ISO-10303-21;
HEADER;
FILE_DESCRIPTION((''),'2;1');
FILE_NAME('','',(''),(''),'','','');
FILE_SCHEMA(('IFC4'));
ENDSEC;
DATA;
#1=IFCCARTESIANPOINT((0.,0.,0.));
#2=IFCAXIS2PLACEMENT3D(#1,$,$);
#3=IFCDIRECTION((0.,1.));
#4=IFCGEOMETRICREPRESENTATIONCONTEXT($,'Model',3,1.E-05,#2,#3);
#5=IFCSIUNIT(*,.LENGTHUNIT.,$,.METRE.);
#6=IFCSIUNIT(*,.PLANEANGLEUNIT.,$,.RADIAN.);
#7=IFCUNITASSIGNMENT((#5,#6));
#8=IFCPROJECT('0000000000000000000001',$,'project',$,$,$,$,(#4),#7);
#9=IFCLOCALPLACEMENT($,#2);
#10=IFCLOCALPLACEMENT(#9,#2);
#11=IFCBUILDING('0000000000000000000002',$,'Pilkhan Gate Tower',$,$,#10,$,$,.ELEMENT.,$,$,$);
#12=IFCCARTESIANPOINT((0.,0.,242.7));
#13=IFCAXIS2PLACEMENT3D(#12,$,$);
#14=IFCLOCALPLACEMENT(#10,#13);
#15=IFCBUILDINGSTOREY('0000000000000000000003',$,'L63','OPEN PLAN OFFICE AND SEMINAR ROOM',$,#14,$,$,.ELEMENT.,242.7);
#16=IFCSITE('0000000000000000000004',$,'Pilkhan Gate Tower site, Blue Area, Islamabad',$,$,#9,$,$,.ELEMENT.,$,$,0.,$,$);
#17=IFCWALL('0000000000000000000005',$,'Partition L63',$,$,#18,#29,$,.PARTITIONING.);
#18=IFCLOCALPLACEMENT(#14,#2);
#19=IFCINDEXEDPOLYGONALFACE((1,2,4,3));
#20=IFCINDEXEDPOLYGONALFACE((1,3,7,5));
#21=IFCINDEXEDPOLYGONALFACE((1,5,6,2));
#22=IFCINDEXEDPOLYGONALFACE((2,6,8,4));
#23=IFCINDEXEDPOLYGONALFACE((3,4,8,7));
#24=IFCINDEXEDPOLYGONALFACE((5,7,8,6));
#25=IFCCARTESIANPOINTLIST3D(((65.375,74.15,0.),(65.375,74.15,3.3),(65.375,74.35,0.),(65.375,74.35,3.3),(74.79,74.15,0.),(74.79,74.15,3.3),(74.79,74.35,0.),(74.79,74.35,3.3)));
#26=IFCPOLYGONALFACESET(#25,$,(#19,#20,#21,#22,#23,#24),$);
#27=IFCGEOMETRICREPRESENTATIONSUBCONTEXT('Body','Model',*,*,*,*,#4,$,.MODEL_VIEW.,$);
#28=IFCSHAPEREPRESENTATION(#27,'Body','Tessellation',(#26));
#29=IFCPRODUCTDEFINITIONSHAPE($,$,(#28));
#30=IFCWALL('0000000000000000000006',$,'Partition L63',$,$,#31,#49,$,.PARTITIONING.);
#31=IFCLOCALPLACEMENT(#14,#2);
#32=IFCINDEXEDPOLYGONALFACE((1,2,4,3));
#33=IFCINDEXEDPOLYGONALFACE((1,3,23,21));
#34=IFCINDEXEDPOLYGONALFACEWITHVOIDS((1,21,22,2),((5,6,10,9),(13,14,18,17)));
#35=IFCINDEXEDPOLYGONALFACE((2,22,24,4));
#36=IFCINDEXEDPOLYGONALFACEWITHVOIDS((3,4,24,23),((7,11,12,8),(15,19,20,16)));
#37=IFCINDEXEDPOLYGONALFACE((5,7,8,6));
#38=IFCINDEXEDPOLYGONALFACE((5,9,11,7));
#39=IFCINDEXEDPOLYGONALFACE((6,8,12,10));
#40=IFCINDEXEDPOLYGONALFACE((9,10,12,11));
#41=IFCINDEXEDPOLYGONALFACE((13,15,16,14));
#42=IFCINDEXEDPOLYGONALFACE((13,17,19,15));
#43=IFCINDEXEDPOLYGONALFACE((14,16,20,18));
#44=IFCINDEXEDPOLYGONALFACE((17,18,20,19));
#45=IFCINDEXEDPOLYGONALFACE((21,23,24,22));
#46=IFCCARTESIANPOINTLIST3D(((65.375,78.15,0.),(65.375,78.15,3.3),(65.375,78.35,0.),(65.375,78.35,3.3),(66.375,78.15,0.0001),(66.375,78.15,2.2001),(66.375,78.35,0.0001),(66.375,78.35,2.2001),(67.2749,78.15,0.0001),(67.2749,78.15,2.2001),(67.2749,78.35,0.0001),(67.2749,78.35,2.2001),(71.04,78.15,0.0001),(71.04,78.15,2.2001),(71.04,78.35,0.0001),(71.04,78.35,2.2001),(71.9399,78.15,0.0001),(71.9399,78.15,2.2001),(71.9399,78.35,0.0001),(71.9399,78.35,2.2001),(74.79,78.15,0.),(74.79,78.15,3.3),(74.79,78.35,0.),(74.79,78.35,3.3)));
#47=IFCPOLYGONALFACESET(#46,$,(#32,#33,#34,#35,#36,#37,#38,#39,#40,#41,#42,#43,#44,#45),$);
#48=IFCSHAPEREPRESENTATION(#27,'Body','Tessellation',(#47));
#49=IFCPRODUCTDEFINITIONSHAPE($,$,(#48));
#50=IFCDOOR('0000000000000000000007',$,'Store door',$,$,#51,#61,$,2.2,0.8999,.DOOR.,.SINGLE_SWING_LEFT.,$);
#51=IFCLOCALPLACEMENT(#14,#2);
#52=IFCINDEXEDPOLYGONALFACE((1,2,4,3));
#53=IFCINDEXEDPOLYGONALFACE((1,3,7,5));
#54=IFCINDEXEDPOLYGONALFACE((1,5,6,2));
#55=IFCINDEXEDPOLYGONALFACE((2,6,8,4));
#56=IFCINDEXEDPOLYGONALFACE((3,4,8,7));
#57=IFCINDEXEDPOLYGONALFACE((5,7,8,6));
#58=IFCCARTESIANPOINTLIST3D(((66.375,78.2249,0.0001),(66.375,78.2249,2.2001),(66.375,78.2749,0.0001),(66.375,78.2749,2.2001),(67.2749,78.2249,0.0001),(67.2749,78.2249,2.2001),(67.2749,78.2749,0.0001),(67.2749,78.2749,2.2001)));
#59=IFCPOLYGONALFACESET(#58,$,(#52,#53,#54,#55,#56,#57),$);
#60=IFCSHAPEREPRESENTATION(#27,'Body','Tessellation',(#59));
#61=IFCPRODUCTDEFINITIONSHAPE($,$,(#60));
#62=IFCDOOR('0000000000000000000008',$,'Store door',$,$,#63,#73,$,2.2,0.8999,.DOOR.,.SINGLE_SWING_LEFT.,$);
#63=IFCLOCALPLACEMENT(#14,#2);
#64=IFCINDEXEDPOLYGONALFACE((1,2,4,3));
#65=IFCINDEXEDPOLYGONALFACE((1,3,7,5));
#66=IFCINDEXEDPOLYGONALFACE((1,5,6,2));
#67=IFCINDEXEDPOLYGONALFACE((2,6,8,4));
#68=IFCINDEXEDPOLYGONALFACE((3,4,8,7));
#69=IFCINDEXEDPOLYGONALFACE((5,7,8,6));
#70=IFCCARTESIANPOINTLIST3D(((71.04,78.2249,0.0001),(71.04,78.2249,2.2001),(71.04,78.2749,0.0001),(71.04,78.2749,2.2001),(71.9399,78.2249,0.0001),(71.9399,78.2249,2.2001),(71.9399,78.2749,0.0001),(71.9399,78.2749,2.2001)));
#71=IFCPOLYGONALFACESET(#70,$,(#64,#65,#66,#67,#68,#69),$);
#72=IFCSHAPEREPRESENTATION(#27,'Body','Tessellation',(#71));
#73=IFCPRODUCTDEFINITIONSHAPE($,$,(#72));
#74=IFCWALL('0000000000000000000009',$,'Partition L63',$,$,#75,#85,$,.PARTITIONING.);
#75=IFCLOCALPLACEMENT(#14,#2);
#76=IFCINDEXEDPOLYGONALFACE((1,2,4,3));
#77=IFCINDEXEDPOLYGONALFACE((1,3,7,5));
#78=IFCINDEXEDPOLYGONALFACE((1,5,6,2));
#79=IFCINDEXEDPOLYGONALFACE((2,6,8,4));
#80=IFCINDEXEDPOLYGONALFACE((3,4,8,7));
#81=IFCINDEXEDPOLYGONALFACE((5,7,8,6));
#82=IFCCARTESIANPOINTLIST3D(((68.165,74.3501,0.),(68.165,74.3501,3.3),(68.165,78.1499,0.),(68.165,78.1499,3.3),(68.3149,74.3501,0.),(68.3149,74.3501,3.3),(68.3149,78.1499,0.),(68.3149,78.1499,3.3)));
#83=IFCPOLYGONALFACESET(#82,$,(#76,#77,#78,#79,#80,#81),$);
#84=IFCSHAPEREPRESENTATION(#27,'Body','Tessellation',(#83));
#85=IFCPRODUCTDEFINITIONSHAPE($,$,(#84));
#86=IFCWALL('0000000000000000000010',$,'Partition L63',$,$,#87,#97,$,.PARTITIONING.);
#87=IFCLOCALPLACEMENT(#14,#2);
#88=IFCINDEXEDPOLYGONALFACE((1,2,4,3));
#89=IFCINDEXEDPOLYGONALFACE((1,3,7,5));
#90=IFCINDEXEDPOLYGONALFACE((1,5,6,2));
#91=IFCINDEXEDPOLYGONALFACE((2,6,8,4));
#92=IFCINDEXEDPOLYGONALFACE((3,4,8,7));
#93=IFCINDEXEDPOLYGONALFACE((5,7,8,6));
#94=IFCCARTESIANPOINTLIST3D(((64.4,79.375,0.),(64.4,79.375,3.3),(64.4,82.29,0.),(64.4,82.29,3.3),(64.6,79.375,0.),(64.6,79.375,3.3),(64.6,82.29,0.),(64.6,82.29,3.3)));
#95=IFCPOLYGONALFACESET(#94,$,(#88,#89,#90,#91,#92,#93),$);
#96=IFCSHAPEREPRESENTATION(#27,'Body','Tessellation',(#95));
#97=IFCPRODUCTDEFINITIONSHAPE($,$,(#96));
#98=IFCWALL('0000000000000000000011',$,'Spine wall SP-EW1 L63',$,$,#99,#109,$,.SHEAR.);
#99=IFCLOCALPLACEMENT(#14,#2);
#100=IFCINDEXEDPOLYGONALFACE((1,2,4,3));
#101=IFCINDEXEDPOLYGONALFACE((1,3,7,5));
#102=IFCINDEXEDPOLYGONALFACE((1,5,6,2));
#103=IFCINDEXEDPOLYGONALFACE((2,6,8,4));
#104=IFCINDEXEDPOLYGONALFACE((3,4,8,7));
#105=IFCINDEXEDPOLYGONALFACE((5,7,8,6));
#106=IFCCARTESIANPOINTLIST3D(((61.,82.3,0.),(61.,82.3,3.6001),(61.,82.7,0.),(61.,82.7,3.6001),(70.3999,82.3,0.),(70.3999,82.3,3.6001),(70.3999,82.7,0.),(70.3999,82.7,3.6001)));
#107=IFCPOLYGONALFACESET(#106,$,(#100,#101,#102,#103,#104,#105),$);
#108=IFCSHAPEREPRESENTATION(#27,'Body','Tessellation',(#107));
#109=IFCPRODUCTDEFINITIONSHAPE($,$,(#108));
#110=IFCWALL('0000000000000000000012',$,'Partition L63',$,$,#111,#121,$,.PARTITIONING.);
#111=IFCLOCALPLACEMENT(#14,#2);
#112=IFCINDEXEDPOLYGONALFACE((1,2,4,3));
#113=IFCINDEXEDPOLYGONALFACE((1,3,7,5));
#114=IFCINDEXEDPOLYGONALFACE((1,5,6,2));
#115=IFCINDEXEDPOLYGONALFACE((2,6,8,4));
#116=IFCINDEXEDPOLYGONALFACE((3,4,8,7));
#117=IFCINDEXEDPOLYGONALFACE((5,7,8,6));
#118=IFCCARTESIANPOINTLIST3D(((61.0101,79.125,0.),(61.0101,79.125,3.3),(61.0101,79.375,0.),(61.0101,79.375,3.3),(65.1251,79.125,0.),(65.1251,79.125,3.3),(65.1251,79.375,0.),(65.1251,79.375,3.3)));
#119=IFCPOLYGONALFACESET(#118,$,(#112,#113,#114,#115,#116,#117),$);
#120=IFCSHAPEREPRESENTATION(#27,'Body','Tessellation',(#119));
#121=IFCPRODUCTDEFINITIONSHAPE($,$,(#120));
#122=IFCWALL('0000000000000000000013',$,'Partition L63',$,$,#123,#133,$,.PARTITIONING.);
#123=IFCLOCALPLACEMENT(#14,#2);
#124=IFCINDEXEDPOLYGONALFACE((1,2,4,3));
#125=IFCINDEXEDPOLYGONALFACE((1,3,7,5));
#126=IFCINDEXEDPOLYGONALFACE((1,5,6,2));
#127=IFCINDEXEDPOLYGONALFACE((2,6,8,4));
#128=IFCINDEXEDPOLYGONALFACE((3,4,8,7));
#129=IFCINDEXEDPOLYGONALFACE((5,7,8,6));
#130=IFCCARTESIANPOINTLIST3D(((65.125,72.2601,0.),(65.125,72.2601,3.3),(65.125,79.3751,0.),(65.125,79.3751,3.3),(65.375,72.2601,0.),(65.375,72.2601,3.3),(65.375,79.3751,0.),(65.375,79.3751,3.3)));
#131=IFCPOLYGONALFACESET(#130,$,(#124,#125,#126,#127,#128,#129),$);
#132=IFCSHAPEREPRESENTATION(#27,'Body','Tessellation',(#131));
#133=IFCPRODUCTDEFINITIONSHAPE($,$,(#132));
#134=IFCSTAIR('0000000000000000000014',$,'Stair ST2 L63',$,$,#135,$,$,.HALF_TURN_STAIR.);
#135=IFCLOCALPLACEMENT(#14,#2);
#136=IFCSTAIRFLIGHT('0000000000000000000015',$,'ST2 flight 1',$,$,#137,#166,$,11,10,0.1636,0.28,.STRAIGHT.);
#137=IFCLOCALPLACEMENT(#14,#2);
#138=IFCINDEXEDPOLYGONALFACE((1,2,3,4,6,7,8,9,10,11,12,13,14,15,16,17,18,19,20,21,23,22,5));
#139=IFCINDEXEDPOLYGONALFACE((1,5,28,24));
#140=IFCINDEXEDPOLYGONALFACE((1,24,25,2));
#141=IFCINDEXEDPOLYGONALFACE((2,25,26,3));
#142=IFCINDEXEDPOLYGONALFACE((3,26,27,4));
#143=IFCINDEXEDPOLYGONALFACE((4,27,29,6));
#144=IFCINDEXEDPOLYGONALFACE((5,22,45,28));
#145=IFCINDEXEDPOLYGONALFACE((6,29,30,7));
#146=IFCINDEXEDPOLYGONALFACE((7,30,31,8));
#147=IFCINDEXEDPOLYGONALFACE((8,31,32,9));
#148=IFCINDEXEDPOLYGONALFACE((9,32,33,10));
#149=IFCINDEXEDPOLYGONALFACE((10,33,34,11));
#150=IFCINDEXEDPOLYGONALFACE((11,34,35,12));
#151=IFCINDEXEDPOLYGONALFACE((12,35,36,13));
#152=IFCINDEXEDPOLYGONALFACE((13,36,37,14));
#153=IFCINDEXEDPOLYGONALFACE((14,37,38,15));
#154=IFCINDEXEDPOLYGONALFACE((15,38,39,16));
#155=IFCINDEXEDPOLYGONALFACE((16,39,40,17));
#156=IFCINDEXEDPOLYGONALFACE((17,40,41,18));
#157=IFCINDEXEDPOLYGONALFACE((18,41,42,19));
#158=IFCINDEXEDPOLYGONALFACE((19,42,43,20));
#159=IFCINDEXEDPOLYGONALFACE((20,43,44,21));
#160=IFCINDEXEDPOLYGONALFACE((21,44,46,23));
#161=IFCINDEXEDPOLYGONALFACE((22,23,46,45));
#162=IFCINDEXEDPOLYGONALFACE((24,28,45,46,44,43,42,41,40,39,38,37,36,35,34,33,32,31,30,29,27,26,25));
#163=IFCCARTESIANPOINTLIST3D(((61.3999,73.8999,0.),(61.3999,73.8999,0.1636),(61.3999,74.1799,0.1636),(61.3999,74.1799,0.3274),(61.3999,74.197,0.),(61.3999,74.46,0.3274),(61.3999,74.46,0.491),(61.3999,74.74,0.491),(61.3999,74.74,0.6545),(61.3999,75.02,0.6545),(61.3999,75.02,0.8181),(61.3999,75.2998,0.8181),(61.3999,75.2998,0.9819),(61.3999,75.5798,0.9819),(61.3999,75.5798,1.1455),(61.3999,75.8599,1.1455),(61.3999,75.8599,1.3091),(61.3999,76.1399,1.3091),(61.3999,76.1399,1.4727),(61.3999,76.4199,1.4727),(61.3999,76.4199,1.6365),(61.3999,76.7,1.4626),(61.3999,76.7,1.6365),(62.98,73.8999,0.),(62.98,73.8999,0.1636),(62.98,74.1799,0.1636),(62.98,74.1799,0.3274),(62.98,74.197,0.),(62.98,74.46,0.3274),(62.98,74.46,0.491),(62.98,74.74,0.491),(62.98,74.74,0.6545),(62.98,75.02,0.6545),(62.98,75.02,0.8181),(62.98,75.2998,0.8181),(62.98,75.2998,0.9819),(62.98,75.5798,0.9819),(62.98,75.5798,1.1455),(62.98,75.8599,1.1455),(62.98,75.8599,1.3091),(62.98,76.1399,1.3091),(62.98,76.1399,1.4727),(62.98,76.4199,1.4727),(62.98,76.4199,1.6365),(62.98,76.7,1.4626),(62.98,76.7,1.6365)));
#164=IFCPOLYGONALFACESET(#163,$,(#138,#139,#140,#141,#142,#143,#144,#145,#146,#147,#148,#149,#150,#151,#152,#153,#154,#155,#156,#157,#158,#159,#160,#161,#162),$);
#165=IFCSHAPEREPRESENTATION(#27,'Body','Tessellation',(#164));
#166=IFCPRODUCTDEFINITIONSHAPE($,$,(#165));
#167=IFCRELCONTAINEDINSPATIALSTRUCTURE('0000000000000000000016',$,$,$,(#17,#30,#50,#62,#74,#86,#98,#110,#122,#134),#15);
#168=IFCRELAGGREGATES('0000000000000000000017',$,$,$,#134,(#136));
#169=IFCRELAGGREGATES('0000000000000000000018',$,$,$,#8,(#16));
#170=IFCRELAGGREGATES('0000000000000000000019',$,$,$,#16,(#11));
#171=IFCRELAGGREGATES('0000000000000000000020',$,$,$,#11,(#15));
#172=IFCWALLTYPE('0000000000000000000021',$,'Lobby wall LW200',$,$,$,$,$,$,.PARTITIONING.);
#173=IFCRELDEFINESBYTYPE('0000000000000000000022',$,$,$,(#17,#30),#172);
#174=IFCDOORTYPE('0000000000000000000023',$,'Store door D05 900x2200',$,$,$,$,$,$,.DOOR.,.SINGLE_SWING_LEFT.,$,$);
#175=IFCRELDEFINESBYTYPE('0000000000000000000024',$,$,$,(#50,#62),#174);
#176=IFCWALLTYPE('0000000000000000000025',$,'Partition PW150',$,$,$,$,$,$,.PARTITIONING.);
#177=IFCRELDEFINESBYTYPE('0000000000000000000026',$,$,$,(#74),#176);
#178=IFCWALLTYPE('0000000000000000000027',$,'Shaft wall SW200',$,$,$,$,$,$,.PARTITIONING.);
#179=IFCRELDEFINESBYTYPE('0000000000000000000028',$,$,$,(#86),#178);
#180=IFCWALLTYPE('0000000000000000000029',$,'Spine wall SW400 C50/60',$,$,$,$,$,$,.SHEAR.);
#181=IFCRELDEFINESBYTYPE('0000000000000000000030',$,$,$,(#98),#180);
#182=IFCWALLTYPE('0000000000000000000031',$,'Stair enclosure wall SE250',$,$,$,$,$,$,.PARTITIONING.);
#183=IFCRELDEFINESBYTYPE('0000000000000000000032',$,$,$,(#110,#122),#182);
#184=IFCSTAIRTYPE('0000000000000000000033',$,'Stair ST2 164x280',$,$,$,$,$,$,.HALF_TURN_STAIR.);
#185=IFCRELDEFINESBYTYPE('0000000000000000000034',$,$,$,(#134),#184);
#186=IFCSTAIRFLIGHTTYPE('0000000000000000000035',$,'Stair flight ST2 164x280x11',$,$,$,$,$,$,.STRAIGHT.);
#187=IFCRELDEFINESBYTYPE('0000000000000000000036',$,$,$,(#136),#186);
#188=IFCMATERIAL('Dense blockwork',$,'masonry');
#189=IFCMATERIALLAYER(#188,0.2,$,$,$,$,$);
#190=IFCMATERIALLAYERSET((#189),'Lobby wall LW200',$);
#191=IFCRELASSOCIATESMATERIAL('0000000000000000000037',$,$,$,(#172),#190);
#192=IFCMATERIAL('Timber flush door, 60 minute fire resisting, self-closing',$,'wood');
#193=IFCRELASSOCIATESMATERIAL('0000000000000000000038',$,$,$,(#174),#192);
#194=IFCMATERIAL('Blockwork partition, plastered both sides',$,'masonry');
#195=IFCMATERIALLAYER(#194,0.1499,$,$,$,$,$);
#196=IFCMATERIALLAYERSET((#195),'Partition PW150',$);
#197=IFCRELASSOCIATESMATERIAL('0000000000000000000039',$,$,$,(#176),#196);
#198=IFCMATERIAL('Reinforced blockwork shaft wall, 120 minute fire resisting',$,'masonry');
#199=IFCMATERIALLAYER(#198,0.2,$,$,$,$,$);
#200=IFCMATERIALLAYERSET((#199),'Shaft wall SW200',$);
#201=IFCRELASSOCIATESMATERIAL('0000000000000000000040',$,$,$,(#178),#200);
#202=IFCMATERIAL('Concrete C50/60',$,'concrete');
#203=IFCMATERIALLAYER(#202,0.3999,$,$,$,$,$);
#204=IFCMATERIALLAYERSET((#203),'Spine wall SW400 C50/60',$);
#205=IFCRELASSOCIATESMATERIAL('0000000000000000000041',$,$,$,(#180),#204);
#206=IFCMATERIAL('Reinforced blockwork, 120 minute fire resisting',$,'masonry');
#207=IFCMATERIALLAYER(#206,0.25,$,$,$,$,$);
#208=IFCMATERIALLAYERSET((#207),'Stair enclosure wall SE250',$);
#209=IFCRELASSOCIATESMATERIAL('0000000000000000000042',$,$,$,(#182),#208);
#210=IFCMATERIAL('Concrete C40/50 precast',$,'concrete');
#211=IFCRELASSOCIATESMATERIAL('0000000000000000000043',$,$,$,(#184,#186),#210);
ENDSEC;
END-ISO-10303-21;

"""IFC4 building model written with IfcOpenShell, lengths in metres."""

from ifc_helpers import new_model, si_unit, direction, frame, frame_2d, origin, place, context, subcontext, project, spatial, polyline, rectangle, outline, extrude, material, layer, layer_set, type_object, element, fill, aggregate, save


model = new_model("IFC4")

# Units and contexts
model_context = context("Model", 3, precision=1e-05, world=origin(), true_north=direction((0.0, 1.0)))
body_context = subcontext(model_context, "Body", "Model", "MODEL_VIEW")
ifc_project = project(units=[si_unit("LENGTHUNIT", "METRE"), si_unit("PLANEANGLEUNIT", "RADIAN")], contexts=[model_context])

# Site, building, storey
site_placement = place(None, origin())
site = spatial("IfcSite", under=ifc_project, at=site_placement, Name="Pilkhan Gate Tower site, Blue Area, Islamabad", CompositionType="ELEMENT", RefElevation=0.0)
building_placement = place(site_placement, origin())
building = spatial("IfcBuilding", under=site, at=building_placement, Name="Pilkhan Gate Tower", CompositionType="ELEMENT")
storey_placement = place(building_placement, frame((0.0, 0.0, 242.7)))
storey = spatial("IfcBuildingStorey", under=building, at=storey_placement, Name="L63", Description="OPEN PLAN OFFICE AND SEMINAR ROOM", CompositionType="ELEMENT", Elevation=242.7)

# Wall
ifc_material_1 = material(Name="Dense blockwork", Category="masonry")
ifc_layer_1 = layer(ifc_material_1, 0.2)
ifc_layer_set_1 = layer_set([ifc_layer_1], Name="Lobby wall LW200")
wall_type_1 = type_object("IfcWallType", Name="Lobby wall LW200", PredefinedType="PARTITIONING", material=ifc_layer_set_1)
wall_1_placement = place(storey_placement, frame((65.375, 74.25, 0.0), z_axis=(0.0, 0.0, 1.0), x_axis=(1.0, 0.0, 0.0)))
element("IfcWall", 1, at=wall_1_placement, inside=storey, type_object=wall_type_1, Name="Partition L63", PredefinedType="PARTITIONING", context=body_context, shape_type="SweptSolid", body=[
    extrude(rectangle(XDim=9.415, YDim=0.2, at=frame_2d((4.7075, 0.0))), origin(), (0.0, 0.0, 1.0), 3.3),
])

# Wall, openings, doors
wall_2_placement = place(storey_placement, frame((65.375, 78.25, 0.0), z_axis=(0.0, 0.0, 1.0), x_axis=(1.0, 0.0, 0.0)))
wall_2 = element("IfcWall", 2, at=wall_2_placement, inside=storey, type_object=wall_type_1, Name="Partition L63", PredefinedType="PARTITIONING", context=body_context, shape_type="SweptSolid", body=[
    extrude(rectangle(XDim=9.415, YDim=0.2, at=frame_2d((4.7075, 0.0))), origin(), (0.0, 0.0, 1.0), 3.3),
])
opening_1_placement = place(wall_2_placement, frame((1.0, 0.0, 0.0)))
opening_1 = element("IfcOpeningElement", 3, at=opening_1_placement, cuts=wall_2, PredefinedType="OPENING", context=body_context, shape_type="SweptSolid", body=[
    extrude(rectangle(XDim=0.8999, YDim=2.2, at=frame_2d((0.45, 1.1001))), frame((0.0, 0.1099, 0.0), z_axis=(0.0, -1.0, 0.0), x_axis=(1.0, 0.0, 0.0)), (0.0, 0.0, 1.0), 0.22),
])
opening_2_placement = place(wall_2_placement, frame((5.665, 0.0, 0.0)))
opening_2 = element("IfcOpeningElement", 4, at=opening_2_placement, cuts=wall_2, PredefinedType="OPENING", context=body_context, shape_type="SweptSolid", body=[
    extrude(rectangle(XDim=0.8999, YDim=2.2, at=frame_2d((0.45, 1.1001))), frame((0.0, 0.1099, 0.0), z_axis=(0.0, -1.0, 0.0), x_axis=(1.0, 0.0, 0.0)), (0.0, 0.0, 1.0), 0.22),
])
ifc_material_2 = material(Name="Timber flush door, 60 minute fire resisting, self-closing", Category="wood")
door_type = type_object("IfcDoorType", Name="Store door D05 900x2200", OperationType="SINGLE_SWING_LEFT", PredefinedType="DOOR", material=ifc_material_2)
door_1_placement = place(opening_1_placement, origin())
door_1 = element("IfcDoor", 5, at=door_1_placement, inside=storey, type_object=door_type, Name="Store door", OperationType="SINGLE_SWING_LEFT", OverallHeight=2.2, OverallWidth=0.8999, PredefinedType="DOOR", context=body_context, shape_type="SweptSolid", body=[
    extrude(rectangle(XDim=0.8999, YDim=2.2, at=frame_2d((0.45, 1.1001))), frame((0.0, 0.0249, 0.0), z_axis=(0.0, -1.0, 0.0), x_axis=(1.0, 0.0, 0.0)), (0.0, 0.0, 1.0), 0.05),
])
fill(opening_1, door_1)
door_2_placement = place(opening_2_placement, origin())
door_2 = element("IfcDoor", 6, at=door_2_placement, inside=storey, type_object=door_type, Name="Store door", OperationType="SINGLE_SWING_LEFT", OverallHeight=2.2, OverallWidth=0.8999, PredefinedType="DOOR", context=body_context, shape_type="SweptSolid", body=[
    extrude(rectangle(XDim=0.8999, YDim=2.2, at=frame_2d((0.45, 1.1001))), frame((0.0, 0.0249, 0.0), z_axis=(0.0, -1.0, 0.0), x_axis=(1.0, 0.0, 0.0)), (0.0, 0.0, 1.0), 0.05),
])
fill(opening_2, door_2)

# Walls
ifc_material_3 = material(Name="Blockwork partition, plastered both sides", Category="masonry")
ifc_layer_2 = layer(ifc_material_3, 0.1499)
ifc_layer_set_2 = layer_set([ifc_layer_2], Name="Partition PW150")
wall_type_2 = type_object("IfcWallType", Name="Partition PW150", PredefinedType="PARTITIONING", material=ifc_layer_set_2)
wall_3_placement = place(storey_placement, frame((68.24, 74.3501, 0.0), z_axis=(0.0, 0.0, 1.0), x_axis=(0.0, 1.0, 0.0)))
element("IfcWall", 7, at=wall_3_placement, inside=storey, type_object=wall_type_2, Name="Partition L63", PredefinedType="PARTITIONING", context=body_context, shape_type="SweptSolid", body=[
    extrude(rectangle(XDim=3.7998, YDim=0.1499, at=frame_2d((1.8999, 0.0))), origin(), (0.0, 0.0, 1.0), 3.3),
])
ifc_material_4 = material(Name="Reinforced blockwork shaft wall, 120 minute fire resisting", Category="masonry")
ifc_layer_3 = layer(ifc_material_4, 0.2)
ifc_layer_set_3 = layer_set([ifc_layer_3], Name="Shaft wall SW200")
wall_type_3 = type_object("IfcWallType", Name="Shaft wall SW200", PredefinedType="PARTITIONING", material=ifc_layer_set_3)
wall_4_placement = place(storey_placement, frame((64.5, 79.375, 0.0), z_axis=(0.0, 0.0, 1.0), x_axis=(0.0, 1.0, 0.0)))
element("IfcWall", 8, at=wall_4_placement, inside=storey, type_object=wall_type_3, Name="Partition L63", PredefinedType="PARTITIONING", context=body_context, shape_type="SweptSolid", body=[
    extrude(rectangle(XDim=2.915, YDim=0.2, at=frame_2d((1.4575, 0.0))), origin(), (0.0, 0.0, 1.0), 3.3),
])
ifc_material_5 = material(Name="Concrete C50/60", Category="concrete")
ifc_layer_4 = layer(ifc_material_5, 0.3999)
ifc_layer_set_4 = layer_set([ifc_layer_4], Name="Spine wall SW400 C50/60")
wall_type_4 = type_object("IfcWallType", Name="Spine wall SW400 C50/60", PredefinedType="SHEAR", material=ifc_layer_set_4)
wall_5_placement = place(storey_placement, frame((61.0, 82.5, 0.0), z_axis=(0.0, 0.0, 1.0), x_axis=(1.0, 0.0, 0.0)))
element("IfcWall", 9, at=wall_5_placement, inside=storey, type_object=wall_type_4, Name="Spine wall SP-EW1 L63", PredefinedType="SHEAR", context=body_context, shape_type="SweptSolid", body=[
    extrude(rectangle(XDim=9.3999, YDim=0.3999, at=frame_2d((4.7, 0.0))), origin(), (0.0, 0.0, 1.0), 3.6001),
])
ifc_material_6 = material(Name="Reinforced blockwork, 120 minute fire resisting", Category="masonry")
ifc_layer_5 = layer(ifc_material_6, 0.25)
ifc_layer_set_5 = layer_set([ifc_layer_5], Name="Stair enclosure wall SE250")
wall_type_5 = type_object("IfcWallType", Name="Stair enclosure wall SE250", PredefinedType="PARTITIONING", material=ifc_layer_set_5)
wall_6_placement = place(storey_placement, frame((61.01, 79.25, 0.0), z_axis=(0.0, 0.0, 1.0), x_axis=(1.0, 0.0, 0.0)))
element("IfcWall", 10, at=wall_6_placement, inside=storey, type_object=wall_type_5, Name="Partition L63", PredefinedType="PARTITIONING", context=body_context, shape_type="SweptSolid", body=[
    extrude(rectangle(XDim=4.115, YDim=0.25, at=frame_2d((2.0576, 0.0))), origin(), (0.0, 0.0, 1.0), 3.3),
])
wall_7_placement = place(storey_placement, frame((65.25, 72.26, 0.0), z_axis=(0.0, 0.0, 1.0), x_axis=(0.0, 1.0, 0.0)))
element("IfcWall", 11, at=wall_7_placement, inside=storey, type_object=wall_type_5, Name="Partition L63", PredefinedType="PARTITIONING", context=body_context, shape_type="SweptSolid", body=[
    extrude(rectangle(XDim=7.115, YDim=0.25, at=frame_2d((3.5576, 0.0))), origin(), (0.0, 0.0, 1.0), 3.3),
])

# Stair, stair flight
ifc_material_7 = material(Name="Concrete C40/50 precast", Category="concrete")
stair_type = type_object("IfcStairType", Name="Stair ST2 164x280", PredefinedType="HALF_TURN_STAIR", material=ifc_material_7)
stair_placement = place(storey_placement, origin())
stair = element("IfcStair", 12, at=stair_placement, inside=storey, type_object=stair_type, Name="Stair ST2 L63", PredefinedType="HALF_TURN_STAIR")
stair_flight_type = type_object("IfcStairFlightType", Name="Stair flight ST2 164x280x11", PredefinedType="STRAIGHT", material=ifc_material_7)
stair_flight_1_placement = place(storey_placement, frame((62.1899, 73.8999, 0.0), z_axis=(0.0, 0.0, 1.0), x_axis=(0.0, 1.0, 0.0)))
stair_flight_1 = element("IfcStairFlight", 13, at=stair_flight_1_placement, type_object=stair_flight_type, Name="ST2 flight 1", NumberOfRisers=11, NumberOfTreads=10, PredefinedType="STRAIGHT", RiserHeight=0.1636, TreadLength=0.28, context=body_context, shape_type="SweptSolid", body=[
    extrude(outline(polyline([(0.0, 0.0), (0.0, 0.1636), (0.28, 0.1636), (0.28, 0.3274), (0.5601, 0.3274), (0.5601, 0.491), (0.8401, 0.491), (0.8401, 0.6545), (1.1201, 0.6545), (1.1201, 0.8181), (1.3999, 0.8181), (1.3999, 0.9819), (1.6799, 0.9819), (1.6799, 1.1455), (1.96, 1.1455), (1.96, 1.3091), (2.24, 1.3091), (2.24, 1.4727), (2.52, 1.4727), (2.52, 1.6365), (2.8, 1.6365), (2.8, 1.8), (2.8, 1.4626), (0.2971, 0.0), (0.0, 0.0)])), frame((0.0, 0.79, 0.0), z_axis=(0.0, -1.0, 0.0), x_axis=(1.0, 0.0, 0.0)), (0.0, 0.0, 1.0), 1.5801),
])
aggregate(stair, [stair_flight_1])

save(model, "model.ifc")
